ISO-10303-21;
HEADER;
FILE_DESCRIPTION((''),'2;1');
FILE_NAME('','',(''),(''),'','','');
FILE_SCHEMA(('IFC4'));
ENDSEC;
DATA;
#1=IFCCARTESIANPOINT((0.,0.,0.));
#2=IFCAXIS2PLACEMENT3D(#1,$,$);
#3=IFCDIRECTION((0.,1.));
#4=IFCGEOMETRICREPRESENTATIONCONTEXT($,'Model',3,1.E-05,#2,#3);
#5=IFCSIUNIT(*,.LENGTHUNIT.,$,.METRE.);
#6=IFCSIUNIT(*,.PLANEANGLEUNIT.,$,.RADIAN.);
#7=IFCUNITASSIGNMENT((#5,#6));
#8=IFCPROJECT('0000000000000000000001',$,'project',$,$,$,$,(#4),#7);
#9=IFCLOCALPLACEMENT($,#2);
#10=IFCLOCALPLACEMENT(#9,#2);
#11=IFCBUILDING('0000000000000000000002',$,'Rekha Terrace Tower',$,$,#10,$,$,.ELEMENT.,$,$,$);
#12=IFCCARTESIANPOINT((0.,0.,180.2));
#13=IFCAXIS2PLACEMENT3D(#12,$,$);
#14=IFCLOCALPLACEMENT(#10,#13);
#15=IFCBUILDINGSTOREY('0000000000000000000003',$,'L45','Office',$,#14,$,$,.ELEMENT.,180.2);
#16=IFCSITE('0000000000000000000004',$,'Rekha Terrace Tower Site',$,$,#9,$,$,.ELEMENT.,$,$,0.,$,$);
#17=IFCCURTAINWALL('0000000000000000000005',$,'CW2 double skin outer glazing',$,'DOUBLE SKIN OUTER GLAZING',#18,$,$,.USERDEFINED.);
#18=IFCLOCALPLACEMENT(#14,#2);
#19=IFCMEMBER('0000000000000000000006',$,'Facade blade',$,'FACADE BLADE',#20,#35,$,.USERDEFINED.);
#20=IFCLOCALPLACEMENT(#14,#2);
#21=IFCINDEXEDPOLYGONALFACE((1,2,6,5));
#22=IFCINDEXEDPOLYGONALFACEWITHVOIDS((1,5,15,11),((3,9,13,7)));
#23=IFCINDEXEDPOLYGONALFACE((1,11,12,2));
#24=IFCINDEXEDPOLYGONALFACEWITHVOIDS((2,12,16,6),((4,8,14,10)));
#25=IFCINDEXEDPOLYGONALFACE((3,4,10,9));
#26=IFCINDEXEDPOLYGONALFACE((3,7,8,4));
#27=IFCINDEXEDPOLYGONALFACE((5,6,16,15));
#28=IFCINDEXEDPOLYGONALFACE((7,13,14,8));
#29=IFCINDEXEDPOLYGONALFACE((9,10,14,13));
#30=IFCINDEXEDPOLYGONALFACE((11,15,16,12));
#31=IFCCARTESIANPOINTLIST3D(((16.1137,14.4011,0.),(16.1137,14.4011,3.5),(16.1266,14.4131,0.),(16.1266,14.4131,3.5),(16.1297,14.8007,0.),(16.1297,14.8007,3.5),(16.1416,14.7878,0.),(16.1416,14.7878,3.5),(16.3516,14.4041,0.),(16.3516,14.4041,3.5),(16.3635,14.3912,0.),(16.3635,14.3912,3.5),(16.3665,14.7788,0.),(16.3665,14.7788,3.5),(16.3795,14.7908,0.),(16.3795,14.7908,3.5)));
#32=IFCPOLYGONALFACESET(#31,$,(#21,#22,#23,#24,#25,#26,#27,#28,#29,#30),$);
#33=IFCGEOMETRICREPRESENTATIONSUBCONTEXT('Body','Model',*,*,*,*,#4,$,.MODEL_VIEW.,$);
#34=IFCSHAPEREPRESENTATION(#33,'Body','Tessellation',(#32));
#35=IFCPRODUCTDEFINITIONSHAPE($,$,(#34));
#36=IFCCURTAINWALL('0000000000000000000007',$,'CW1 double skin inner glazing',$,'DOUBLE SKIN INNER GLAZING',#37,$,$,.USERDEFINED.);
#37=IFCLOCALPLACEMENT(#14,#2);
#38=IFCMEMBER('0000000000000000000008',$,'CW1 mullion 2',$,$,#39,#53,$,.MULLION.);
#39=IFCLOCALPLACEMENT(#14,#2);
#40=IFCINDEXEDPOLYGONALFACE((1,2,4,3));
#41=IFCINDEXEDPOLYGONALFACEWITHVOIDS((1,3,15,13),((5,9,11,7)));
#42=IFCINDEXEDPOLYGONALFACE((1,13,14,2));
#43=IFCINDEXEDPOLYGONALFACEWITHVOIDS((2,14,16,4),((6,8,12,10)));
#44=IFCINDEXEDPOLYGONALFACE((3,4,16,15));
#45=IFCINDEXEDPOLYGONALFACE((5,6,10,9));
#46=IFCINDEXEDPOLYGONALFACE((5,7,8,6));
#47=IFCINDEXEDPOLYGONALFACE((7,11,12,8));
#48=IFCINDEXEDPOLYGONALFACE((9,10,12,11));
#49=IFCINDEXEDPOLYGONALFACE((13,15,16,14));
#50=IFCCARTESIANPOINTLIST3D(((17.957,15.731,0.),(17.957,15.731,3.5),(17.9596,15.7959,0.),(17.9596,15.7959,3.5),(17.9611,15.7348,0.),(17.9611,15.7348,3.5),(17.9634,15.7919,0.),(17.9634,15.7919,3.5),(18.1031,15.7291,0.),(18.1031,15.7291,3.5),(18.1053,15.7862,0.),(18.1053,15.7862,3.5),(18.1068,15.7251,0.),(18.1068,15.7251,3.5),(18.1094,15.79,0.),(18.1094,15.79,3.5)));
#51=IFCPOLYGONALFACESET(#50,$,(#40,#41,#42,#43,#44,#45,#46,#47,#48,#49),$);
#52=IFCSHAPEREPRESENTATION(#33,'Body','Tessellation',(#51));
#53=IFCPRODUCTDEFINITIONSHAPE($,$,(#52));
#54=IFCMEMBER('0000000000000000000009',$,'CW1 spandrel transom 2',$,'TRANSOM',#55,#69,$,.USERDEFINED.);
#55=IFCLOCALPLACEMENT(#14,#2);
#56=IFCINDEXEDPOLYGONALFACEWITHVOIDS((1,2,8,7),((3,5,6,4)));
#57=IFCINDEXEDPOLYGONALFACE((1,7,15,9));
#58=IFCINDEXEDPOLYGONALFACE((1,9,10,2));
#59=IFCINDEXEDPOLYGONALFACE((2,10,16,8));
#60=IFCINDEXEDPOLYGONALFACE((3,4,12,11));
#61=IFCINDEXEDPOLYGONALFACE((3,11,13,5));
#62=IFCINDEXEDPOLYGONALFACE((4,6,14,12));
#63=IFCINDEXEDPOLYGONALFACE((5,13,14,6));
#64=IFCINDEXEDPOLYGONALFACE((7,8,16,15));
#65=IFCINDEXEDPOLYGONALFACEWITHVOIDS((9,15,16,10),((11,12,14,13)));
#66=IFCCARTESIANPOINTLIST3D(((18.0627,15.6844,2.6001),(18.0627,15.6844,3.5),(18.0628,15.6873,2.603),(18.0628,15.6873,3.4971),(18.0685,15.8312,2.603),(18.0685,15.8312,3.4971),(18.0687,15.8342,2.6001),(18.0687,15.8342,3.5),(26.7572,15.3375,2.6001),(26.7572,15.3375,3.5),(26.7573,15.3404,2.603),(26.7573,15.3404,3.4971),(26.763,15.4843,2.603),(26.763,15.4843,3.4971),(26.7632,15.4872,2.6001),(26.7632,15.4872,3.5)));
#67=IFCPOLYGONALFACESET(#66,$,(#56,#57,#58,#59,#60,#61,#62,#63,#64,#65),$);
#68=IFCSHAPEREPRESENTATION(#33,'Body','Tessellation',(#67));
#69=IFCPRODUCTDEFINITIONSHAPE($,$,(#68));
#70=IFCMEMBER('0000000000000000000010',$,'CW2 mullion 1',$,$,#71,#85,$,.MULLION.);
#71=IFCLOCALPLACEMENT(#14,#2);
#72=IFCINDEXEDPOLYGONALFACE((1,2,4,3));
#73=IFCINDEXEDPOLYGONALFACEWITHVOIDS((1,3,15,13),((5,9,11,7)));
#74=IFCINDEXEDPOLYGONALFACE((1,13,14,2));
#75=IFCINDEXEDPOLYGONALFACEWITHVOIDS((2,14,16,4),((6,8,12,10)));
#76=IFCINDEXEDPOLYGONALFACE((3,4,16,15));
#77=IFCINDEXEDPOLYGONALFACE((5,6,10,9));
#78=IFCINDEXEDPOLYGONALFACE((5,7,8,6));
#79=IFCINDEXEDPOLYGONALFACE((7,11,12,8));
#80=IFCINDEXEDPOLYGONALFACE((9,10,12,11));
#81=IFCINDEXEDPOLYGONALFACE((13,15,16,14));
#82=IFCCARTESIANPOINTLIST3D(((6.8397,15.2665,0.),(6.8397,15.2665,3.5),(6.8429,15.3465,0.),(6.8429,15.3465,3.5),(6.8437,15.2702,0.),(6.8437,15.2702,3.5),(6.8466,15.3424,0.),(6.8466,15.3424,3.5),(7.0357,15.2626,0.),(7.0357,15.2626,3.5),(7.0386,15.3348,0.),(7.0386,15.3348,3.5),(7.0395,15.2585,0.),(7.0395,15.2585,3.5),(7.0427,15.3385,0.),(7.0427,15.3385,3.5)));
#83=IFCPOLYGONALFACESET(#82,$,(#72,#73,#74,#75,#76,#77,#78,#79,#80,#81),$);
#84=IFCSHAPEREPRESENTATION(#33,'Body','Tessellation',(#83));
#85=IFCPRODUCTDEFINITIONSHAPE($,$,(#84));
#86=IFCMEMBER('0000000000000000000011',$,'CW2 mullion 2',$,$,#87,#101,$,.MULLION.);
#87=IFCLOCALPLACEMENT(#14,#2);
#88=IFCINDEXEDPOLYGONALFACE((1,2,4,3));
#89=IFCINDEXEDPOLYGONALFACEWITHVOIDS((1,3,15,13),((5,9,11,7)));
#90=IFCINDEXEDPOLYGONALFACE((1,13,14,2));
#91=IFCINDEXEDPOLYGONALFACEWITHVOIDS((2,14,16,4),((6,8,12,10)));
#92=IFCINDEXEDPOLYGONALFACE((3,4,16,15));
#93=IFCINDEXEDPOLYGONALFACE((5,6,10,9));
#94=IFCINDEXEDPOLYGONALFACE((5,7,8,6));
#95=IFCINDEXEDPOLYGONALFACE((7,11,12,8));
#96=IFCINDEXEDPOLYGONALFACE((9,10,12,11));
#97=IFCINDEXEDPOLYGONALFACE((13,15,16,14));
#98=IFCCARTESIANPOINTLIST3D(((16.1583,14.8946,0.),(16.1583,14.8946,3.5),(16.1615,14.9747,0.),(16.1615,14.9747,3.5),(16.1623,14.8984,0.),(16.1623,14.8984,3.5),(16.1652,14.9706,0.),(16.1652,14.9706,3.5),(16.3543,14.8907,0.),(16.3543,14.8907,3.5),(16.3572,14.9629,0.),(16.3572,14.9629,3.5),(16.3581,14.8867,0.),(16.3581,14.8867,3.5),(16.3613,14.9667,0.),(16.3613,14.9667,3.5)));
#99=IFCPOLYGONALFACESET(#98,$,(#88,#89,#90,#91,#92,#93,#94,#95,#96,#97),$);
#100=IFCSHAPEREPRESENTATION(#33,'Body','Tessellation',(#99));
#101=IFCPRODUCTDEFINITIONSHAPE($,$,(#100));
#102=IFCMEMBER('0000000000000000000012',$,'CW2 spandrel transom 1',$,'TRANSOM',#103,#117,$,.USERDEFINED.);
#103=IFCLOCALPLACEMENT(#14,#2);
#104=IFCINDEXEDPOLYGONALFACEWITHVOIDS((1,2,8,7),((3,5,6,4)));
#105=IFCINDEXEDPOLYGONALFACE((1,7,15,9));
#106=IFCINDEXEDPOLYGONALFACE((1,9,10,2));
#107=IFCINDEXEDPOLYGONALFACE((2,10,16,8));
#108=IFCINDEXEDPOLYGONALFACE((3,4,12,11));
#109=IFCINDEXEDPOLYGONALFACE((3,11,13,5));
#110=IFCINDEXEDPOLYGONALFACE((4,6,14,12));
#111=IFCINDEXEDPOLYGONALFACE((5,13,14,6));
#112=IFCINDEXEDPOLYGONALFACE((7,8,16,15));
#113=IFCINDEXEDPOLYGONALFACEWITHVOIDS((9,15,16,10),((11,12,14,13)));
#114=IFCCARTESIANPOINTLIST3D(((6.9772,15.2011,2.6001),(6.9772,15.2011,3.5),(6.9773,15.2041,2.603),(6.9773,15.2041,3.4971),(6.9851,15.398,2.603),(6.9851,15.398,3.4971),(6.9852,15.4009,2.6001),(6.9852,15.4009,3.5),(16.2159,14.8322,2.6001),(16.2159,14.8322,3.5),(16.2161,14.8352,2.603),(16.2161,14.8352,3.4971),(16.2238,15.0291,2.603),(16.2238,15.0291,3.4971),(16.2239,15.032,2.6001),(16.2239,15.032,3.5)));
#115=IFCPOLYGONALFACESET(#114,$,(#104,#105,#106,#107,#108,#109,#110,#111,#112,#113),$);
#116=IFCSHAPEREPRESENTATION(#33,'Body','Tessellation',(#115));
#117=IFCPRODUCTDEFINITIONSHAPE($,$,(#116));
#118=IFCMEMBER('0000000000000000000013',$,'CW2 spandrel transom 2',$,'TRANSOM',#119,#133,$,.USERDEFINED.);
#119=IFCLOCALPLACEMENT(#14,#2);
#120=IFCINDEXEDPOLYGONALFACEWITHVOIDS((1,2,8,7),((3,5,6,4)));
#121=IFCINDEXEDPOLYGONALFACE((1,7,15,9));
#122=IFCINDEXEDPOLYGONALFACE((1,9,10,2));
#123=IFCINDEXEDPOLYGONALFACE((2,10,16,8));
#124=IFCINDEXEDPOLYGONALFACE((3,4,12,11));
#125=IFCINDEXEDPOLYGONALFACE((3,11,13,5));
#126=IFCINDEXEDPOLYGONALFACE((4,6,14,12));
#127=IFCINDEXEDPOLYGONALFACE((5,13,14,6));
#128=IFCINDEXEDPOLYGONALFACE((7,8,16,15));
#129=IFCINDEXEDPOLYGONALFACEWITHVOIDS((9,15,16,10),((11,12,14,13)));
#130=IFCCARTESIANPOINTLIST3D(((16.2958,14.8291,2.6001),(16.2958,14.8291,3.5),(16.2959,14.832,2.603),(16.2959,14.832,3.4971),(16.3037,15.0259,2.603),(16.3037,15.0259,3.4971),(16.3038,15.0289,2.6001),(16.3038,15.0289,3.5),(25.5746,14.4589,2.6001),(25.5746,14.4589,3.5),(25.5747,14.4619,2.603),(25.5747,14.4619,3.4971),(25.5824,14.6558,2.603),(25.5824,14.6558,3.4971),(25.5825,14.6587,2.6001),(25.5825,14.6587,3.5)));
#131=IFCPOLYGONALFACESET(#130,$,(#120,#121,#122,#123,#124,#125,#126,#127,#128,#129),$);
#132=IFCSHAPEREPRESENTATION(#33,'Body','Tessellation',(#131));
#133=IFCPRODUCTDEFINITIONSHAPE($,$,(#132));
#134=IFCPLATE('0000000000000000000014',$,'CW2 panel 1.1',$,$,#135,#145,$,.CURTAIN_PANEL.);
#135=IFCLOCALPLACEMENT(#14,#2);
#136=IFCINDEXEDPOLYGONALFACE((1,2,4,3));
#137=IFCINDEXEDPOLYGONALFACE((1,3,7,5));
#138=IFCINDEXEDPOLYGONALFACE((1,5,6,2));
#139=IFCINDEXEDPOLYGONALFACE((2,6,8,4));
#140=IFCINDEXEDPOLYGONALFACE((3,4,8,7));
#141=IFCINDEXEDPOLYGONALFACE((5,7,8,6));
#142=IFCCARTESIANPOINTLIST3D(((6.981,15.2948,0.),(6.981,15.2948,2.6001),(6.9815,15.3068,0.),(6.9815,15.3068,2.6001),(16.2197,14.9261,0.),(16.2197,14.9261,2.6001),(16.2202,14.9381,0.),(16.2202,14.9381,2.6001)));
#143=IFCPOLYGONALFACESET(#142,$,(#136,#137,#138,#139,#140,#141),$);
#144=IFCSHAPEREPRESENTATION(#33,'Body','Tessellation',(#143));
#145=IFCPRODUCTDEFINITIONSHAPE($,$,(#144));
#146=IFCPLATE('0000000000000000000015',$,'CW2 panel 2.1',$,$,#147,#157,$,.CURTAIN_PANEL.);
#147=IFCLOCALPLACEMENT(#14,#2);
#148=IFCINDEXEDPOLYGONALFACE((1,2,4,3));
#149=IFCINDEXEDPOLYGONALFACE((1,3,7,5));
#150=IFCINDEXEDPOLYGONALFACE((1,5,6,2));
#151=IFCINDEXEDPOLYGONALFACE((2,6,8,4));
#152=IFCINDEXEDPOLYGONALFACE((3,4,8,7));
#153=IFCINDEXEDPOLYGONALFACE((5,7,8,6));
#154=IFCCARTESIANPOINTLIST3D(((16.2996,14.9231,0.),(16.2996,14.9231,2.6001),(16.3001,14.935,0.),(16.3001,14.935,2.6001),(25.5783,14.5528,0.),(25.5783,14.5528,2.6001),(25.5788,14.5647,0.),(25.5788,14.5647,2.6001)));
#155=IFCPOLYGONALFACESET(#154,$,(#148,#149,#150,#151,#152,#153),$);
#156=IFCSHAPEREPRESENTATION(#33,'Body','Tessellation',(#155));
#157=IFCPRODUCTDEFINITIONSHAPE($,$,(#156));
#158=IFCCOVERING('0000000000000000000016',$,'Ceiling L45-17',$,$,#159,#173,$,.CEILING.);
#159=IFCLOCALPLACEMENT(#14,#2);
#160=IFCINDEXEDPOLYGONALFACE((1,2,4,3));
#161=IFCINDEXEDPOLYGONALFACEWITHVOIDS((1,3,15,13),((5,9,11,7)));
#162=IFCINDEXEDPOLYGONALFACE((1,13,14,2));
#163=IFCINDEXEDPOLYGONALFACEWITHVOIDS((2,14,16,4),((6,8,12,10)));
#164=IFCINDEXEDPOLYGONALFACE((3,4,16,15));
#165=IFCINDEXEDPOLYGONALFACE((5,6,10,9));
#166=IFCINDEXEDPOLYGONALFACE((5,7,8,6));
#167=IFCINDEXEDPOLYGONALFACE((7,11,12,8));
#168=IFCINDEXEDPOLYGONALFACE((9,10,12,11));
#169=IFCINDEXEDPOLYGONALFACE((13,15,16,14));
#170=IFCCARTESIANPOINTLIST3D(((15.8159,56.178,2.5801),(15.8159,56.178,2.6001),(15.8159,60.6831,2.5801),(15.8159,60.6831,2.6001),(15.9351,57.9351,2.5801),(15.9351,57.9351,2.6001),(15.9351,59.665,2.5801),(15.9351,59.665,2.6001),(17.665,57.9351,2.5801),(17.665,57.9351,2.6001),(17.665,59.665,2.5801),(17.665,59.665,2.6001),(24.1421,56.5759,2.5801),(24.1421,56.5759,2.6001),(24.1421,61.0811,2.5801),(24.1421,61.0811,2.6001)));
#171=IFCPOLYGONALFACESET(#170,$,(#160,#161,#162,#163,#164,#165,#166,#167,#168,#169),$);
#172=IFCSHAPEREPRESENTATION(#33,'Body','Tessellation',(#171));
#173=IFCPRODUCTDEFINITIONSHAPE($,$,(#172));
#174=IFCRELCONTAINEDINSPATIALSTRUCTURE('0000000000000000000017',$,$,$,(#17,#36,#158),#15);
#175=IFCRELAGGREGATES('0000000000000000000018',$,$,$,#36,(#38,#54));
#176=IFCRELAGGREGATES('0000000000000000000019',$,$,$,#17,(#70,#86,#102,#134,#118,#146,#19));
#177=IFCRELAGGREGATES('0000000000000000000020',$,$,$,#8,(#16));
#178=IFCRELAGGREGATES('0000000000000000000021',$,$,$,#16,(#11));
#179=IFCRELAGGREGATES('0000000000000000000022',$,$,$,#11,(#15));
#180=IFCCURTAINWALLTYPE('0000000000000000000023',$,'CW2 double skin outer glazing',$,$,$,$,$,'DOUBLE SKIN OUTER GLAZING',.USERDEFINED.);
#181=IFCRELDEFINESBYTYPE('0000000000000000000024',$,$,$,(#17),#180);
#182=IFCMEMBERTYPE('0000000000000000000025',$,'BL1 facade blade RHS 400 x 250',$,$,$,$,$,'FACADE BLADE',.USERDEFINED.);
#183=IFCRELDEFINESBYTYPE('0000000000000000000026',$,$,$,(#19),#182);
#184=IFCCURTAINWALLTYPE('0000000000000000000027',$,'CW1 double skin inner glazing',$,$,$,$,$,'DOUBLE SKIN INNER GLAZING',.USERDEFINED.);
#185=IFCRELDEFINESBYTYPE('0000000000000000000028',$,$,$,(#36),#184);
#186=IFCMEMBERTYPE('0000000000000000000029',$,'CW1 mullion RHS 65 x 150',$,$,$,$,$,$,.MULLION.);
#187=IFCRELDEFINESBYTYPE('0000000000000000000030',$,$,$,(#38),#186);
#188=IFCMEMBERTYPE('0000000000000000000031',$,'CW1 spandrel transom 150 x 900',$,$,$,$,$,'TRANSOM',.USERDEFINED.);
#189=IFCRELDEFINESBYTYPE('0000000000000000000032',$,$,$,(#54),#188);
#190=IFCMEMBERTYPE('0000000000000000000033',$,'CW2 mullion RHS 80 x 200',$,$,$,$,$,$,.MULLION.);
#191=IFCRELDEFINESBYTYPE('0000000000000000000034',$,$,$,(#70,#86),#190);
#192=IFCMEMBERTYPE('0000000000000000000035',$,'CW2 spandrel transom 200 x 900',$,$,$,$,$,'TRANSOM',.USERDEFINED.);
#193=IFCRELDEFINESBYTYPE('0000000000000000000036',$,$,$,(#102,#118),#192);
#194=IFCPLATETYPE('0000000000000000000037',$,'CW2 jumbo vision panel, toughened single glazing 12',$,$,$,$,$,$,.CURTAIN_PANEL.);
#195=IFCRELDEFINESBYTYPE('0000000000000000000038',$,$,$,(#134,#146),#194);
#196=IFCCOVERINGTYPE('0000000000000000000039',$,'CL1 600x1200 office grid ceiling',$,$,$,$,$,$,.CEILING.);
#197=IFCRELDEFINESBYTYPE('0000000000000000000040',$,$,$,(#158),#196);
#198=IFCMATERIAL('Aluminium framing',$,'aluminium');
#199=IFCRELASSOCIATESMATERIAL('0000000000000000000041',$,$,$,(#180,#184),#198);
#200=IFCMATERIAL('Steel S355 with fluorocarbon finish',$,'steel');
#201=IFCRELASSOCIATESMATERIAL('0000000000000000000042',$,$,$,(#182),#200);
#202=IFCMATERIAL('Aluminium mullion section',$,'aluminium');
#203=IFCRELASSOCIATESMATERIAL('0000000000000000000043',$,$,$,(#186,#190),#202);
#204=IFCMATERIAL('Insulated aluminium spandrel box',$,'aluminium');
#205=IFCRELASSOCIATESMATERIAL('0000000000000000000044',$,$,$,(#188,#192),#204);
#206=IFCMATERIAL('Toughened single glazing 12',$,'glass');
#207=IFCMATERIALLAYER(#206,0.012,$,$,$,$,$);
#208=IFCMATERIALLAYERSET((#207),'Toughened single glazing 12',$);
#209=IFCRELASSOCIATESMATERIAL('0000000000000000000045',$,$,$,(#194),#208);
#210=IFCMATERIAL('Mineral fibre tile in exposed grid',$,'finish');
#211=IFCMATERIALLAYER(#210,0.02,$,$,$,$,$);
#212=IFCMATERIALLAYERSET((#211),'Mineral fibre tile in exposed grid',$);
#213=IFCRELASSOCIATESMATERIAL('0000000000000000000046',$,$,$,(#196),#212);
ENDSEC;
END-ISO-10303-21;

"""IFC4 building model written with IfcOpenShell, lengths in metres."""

from ifc_helpers import new_model, si_unit, direction, frame, origin, origin_2d, place, context, subcontext, project, spatial, polyline, rectangle, hollow_rectangle, outline, extrude, material, layer, layer_set, material_profile, profile_set, type_object, element, aggregate, save


model = new_model("IFC4")

# Units and contexts
model_context = context("Model", 3, precision=1e-05, world=origin(), true_north=direction((0.0, 1.0)))
body_context = subcontext(model_context, "Body", "Model", "MODEL_VIEW")
ifc_project = project(units=[si_unit("LENGTHUNIT", "METRE"), si_unit("PLANEANGLEUNIT", "RADIAN")], contexts=[model_context])

# Site, building, storey
site_placement = place(None, origin())
site = spatial("IfcSite", under=ifc_project, at=site_placement, Name="Rekha Terrace Tower Site", CompositionType="ELEMENT", RefElevation=0.0)
building_placement = place(site_placement, origin())
building = spatial("IfcBuilding", under=site, at=building_placement, Name="Rekha Terrace Tower", CompositionType="ELEMENT")
storey_placement = place(building_placement, frame((0.0, 0.0, 180.2)))
storey = spatial("IfcBuildingStorey", under=building, at=storey_placement, Name="L45", Description="Office", CompositionType="ELEMENT", Elevation=180.2)

# Curtain wall, member
ifc_material_1 = material(Name="Aluminium framing", Category="aluminium")
curtain_wall_type_1 = type_object("IfcCurtainWallType", Name="CW2 double skin outer glazing", ElementType="DOUBLE SKIN OUTER GLAZING", PredefinedType="USERDEFINED", material=ifc_material_1)
curtain_wall_1_placement = place(storey_placement, origin())
curtain_wall_1 = element("IfcCurtainWall", 1, at=curtain_wall_1_placement, inside=storey, type_object=curtain_wall_type_1, Name="CW2 double skin outer glazing", ObjectType="DOUBLE SKIN OUTER GLAZING", PredefinedType="USERDEFINED")
ifc_material_2 = material(Name="Steel S355 with fluorocarbon finish", Category="steel")
ifc_material_profile_1 = material_profile(ifc_material_2, hollow_rectangle(XDim=0.25, YDim=0.3999, WallThickness=0.0125, at=origin_2d()), Name="RHS400x250x12.5")
ifc_profile_set_1 = profile_set([ifc_material_profile_1], Name="Steel S355 with fluorocarbon finish")
member_type_1 = type_object("IfcMemberType", Name="BL1 facade blade RHS 400 x 250", ElementType="FACADE BLADE", PredefinedType="USERDEFINED", material=ifc_profile_set_1)
member_1_placement = place(storey_placement, frame((16.2466, 14.5959, 0.0), z_axis=(0.0, 0.0, 1.0), x_axis=(0.999205, -0.039872, 0.0)))
member_1 = element("IfcMember", 2, at=member_1_placement, type_object=member_type_1, Name="Facade blade", ObjectType="FACADE BLADE", PredefinedType="USERDEFINED", context=body_context, shape_type="SweptSolid", body=[
    extrude(hollow_rectangle(XDim=0.25, YDim=0.3999, WallThickness=0.0125, at=origin_2d()), origin(), (0.0, 0.0, 1.0), 3.5),
])

# Curtain wall, members
curtain_wall_type_2 = type_object("IfcCurtainWallType", Name="CW1 double skin inner glazing", ElementType="DOUBLE SKIN INNER GLAZING", PredefinedType="USERDEFINED", material=ifc_material_1)
curtain_wall_2_placement = place(storey_placement, origin())
curtain_wall_2 = element("IfcCurtainWall", 3, at=curtain_wall_2_placement, inside=storey, type_object=curtain_wall_type_2, Name="CW1 double skin inner glazing", ObjectType="DOUBLE SKIN INNER GLAZING", PredefinedType="USERDEFINED")
ifc_material_3 = material(Name="Aluminium mullion section", Category="aluminium")
ifc_material_profile_2 = material_profile(ifc_material_3, hollow_rectangle(XDim=0.0649, YDim=0.1499, WallThickness=0.0039, at=origin_2d()), Name="AL RHS 65x150")
ifc_profile_set_2 = profile_set([ifc_material_profile_2], Name="Aluminium mullion section")
member_type_2 = type_object("IfcMemberType", Name="CW1 mullion RHS 65 x 150", PredefinedType="MULLION", material=ifc_profile_set_2)
member_2_placement = place(storey_placement, frame((18.0332, 15.7605, 0.0), z_axis=(0.0, 0.0, 1.0), x_axis=(0.039872, 0.999205, 0.0)))
member_2 = element("IfcMember", 4, at=member_2_placement, type_object=member_type_2, Name="CW1 mullion 2", PredefinedType="MULLION", context=body_context, shape_type="SweptSolid", body=[
    extrude(hollow_rectangle(XDim=0.0649, YDim=0.1499, WallThickness=0.0039, at=origin_2d()), origin(), (0.0, 0.0, 1.0), 3.5),
])
ifc_material_4 = material(Name="Insulated aluminium spandrel box", Category="aluminium")
ifc_material_profile_3 = material_profile(ifc_material_4, hollow_rectangle(XDim=0.1499, YDim=0.8999, WallThickness=0.0029, at=origin_2d()), Name="AL SPANDREL BOX 150x900")
ifc_profile_set_3 = profile_set([ifc_material_profile_3], Name="Insulated aluminium spandrel box")
member_type_3 = type_object("IfcMemberType", Name="CW1 spandrel transom 150 x 900", ElementType="TRANSOM", PredefinedType="USERDEFINED", material=ifc_profile_set_3)
member_3_placement = place(storey_placement, frame((18.0657, 15.7593, 3.05), z_axis=(0.999205, -0.039869, 0.0), x_axis=(0.039869, 0.999205, 0.0)))
member_3 = element("IfcMember", 5, at=member_3_placement, type_object=member_type_3, Name="CW1 spandrel transom 2", ObjectType="TRANSOM", PredefinedType="USERDEFINED", context=body_context, shape_type="SweptSolid", body=[
    extrude(hollow_rectangle(XDim=0.1499, YDim=0.8999, WallThickness=0.0029, at=origin_2d()), origin(), (0.0, 0.0, 1.0), 8.7014),
])
aggregate(curtain_wall_2, [member_2, member_3])

# Members
ifc_material_profile_4 = material_profile(ifc_material_3, hollow_rectangle(XDim=0.0801, YDim=0.2, WallThickness=0.0039, at=origin_2d()), Name="AL RHS 80x200")
ifc_profile_set_4 = profile_set([ifc_material_profile_4], Name="Aluminium mullion section")
member_type_4 = type_object("IfcMemberType", Name="CW2 mullion RHS 80 x 200", PredefinedType="MULLION", material=ifc_profile_set_4)
member_4_placement = place(storey_placement, frame((6.9412, 15.3025, 0.0), z_axis=(0.0, 0.0, 1.0), x_axis=(0.039872, 0.999205, 0.0)))
member_4 = element("IfcMember", 6, at=member_4_placement, type_object=member_type_4, Name="CW2 mullion 1", PredefinedType="MULLION", context=body_context, shape_type="SweptSolid", body=[
    extrude(hollow_rectangle(XDim=0.0801, YDim=0.2, WallThickness=0.0039, at=origin_2d()), origin(), (0.0, 0.0, 1.0), 3.5),
])
member_5_placement = place(storey_placement, frame((16.2598, 14.9307, 0.0), z_axis=(0.0, 0.0, 1.0), x_axis=(0.039872, 0.999205, 0.0)))
member_5 = element("IfcMember", 7, at=member_5_placement, type_object=member_type_4, Name="CW2 mullion 2", PredefinedType="MULLION", context=body_context, shape_type="SweptSolid", body=[
    extrude(hollow_rectangle(XDim=0.0801, YDim=0.2, WallThickness=0.0039, at=origin_2d()), origin(), (0.0, 0.0, 1.0), 3.5),
])
ifc_material_profile_5 = material_profile(ifc_material_4, hollow_rectangle(XDim=0.2, YDim=0.8999, WallThickness=0.0029, at=origin_2d()), Name="AL SPANDREL BOX 200x900")
ifc_profile_set_5 = profile_set([ifc_material_profile_5], Name="Insulated aluminium spandrel box")
member_type_5 = type_object("IfcMemberType", Name="CW2 spandrel transom 200 x 900", ElementType="TRANSOM", PredefinedType="USERDEFINED", material=ifc_profile_set_5)
member_6_placement = place(storey_placement, frame((6.9812, 15.301, 3.05), z_axis=(0.999204, -0.039897, 0.0), x_axis=(0.039897, 0.999204, 0.0)))
member_6 = element("IfcMember", 8, at=member_6_placement, type_object=member_type_5, Name="CW2 spandrel transom 1", ObjectType="TRANSOM", PredefinedType="USERDEFINED", context=body_context, shape_type="SweptSolid", body=[
    extrude(hollow_rectangle(XDim=0.2, YDim=0.8999, WallThickness=0.0029, at=origin_2d()), origin(), (0.0, 0.0, 1.0), 9.2461),
])
member_7_placement = place(storey_placement, frame((16.2998, 14.929, 3.05), z_axis=(0.999205, -0.039857, 0.0), x_axis=(0.039857, 0.999205, 0.0)))
member_7 = element("IfcMember", 9, at=member_7_placement, type_object=member_type_5, Name="CW2 spandrel transom 2", ObjectType="TRANSOM", PredefinedType="USERDEFINED", context=body_context, shape_type="SweptSolid", body=[
    extrude(hollow_rectangle(XDim=0.2, YDim=0.8999, WallThickness=0.0029, at=origin_2d()), origin(), (0.0, 0.0, 1.0), 9.2861),
])

# Plates
ifc_material_5 = material(Name="Toughened single glazing 12", Category="glass")
ifc_layer_1 = layer(ifc_material_5, 0.012)
ifc_layer_set_1 = layer_set([ifc_layer_1], Name="Toughened single glazing 12")
plate_type = type_object("IfcPlateType", Name="CW2 jumbo vision panel, toughened single glazing 12", PredefinedType="CURTAIN_PANEL", material=ifc_layer_set_1)
plate_1_placement = place(storey_placement, frame((11.6006, 15.1165, 0.0), z_axis=(0.0, 0.0, 1.0), x_axis=(0.999205, -0.039872, 0.0)))
plate_1 = element("IfcPlate", 10, at=plate_1_placement, type_object=plate_type, Name="CW2 panel 1.1", PredefinedType="CURTAIN_PANEL", context=body_context, shape_type="SweptSolid", body=[
    extrude(rectangle(XDim=9.2461, YDim=0.012, at=origin_2d()), origin(), (0.0, 0.0, 1.0), 2.6001),
])
plate_2_placement = place(storey_placement, frame((20.9392, 14.7439, 0.0), z_axis=(0.0, 0.0, 1.0), x_axis=(0.999205, -0.039872, 0.0)))
plate_2 = element("IfcPlate", 11, at=plate_2_placement, type_object=plate_type, Name="CW2 panel 2.1", PredefinedType="CURTAIN_PANEL", context=body_context, shape_type="SweptSolid", body=[
    extrude(rectangle(XDim=9.2861, YDim=0.012, at=origin_2d()), origin(), (0.0, 0.0, 1.0), 2.6001),
])
aggregate(curtain_wall_1, [member_4, member_5, member_6, plate_1, member_7, plate_2, member_1])

# Covering
ifc_material_6 = material(Name="Mineral fibre tile in exposed grid", Category="finish")
ifc_layer_2 = layer(ifc_material_6, 0.02)
ifc_layer_set_2 = layer_set([ifc_layer_2], Name="Mineral fibre tile in exposed grid")
covering_type_1 = type_object("IfcCoveringType", Name="CL1 600x1200 office grid ceiling", PredefinedType="CEILING", material=ifc_layer_set_2)
covering_1_placement = place(storey_placement, frame((0.0, 0.0, 2.5801)))
element("IfcCovering", 12, at=covering_1_placement, inside=storey, type_object=covering_type_1, Name="Ceiling L45-17", PredefinedType="CEILING", context=body_context, shape_type="SweptSolid", body=[
    extrude(outline(polyline([(24.1421, 56.5759), (24.1421, 61.0811), (15.8159, 60.6831), (15.8159, 56.178), (24.1421, 56.5759)]), holes=[polyline([(17.665, 59.665), (17.665, 57.9351), (15.9351, 57.9351), (15.9351, 59.665), (17.665, 59.665)])]), origin(), (0.0, 0.0, 1.0), 0.02),
])

save(model, "model.ifc")
